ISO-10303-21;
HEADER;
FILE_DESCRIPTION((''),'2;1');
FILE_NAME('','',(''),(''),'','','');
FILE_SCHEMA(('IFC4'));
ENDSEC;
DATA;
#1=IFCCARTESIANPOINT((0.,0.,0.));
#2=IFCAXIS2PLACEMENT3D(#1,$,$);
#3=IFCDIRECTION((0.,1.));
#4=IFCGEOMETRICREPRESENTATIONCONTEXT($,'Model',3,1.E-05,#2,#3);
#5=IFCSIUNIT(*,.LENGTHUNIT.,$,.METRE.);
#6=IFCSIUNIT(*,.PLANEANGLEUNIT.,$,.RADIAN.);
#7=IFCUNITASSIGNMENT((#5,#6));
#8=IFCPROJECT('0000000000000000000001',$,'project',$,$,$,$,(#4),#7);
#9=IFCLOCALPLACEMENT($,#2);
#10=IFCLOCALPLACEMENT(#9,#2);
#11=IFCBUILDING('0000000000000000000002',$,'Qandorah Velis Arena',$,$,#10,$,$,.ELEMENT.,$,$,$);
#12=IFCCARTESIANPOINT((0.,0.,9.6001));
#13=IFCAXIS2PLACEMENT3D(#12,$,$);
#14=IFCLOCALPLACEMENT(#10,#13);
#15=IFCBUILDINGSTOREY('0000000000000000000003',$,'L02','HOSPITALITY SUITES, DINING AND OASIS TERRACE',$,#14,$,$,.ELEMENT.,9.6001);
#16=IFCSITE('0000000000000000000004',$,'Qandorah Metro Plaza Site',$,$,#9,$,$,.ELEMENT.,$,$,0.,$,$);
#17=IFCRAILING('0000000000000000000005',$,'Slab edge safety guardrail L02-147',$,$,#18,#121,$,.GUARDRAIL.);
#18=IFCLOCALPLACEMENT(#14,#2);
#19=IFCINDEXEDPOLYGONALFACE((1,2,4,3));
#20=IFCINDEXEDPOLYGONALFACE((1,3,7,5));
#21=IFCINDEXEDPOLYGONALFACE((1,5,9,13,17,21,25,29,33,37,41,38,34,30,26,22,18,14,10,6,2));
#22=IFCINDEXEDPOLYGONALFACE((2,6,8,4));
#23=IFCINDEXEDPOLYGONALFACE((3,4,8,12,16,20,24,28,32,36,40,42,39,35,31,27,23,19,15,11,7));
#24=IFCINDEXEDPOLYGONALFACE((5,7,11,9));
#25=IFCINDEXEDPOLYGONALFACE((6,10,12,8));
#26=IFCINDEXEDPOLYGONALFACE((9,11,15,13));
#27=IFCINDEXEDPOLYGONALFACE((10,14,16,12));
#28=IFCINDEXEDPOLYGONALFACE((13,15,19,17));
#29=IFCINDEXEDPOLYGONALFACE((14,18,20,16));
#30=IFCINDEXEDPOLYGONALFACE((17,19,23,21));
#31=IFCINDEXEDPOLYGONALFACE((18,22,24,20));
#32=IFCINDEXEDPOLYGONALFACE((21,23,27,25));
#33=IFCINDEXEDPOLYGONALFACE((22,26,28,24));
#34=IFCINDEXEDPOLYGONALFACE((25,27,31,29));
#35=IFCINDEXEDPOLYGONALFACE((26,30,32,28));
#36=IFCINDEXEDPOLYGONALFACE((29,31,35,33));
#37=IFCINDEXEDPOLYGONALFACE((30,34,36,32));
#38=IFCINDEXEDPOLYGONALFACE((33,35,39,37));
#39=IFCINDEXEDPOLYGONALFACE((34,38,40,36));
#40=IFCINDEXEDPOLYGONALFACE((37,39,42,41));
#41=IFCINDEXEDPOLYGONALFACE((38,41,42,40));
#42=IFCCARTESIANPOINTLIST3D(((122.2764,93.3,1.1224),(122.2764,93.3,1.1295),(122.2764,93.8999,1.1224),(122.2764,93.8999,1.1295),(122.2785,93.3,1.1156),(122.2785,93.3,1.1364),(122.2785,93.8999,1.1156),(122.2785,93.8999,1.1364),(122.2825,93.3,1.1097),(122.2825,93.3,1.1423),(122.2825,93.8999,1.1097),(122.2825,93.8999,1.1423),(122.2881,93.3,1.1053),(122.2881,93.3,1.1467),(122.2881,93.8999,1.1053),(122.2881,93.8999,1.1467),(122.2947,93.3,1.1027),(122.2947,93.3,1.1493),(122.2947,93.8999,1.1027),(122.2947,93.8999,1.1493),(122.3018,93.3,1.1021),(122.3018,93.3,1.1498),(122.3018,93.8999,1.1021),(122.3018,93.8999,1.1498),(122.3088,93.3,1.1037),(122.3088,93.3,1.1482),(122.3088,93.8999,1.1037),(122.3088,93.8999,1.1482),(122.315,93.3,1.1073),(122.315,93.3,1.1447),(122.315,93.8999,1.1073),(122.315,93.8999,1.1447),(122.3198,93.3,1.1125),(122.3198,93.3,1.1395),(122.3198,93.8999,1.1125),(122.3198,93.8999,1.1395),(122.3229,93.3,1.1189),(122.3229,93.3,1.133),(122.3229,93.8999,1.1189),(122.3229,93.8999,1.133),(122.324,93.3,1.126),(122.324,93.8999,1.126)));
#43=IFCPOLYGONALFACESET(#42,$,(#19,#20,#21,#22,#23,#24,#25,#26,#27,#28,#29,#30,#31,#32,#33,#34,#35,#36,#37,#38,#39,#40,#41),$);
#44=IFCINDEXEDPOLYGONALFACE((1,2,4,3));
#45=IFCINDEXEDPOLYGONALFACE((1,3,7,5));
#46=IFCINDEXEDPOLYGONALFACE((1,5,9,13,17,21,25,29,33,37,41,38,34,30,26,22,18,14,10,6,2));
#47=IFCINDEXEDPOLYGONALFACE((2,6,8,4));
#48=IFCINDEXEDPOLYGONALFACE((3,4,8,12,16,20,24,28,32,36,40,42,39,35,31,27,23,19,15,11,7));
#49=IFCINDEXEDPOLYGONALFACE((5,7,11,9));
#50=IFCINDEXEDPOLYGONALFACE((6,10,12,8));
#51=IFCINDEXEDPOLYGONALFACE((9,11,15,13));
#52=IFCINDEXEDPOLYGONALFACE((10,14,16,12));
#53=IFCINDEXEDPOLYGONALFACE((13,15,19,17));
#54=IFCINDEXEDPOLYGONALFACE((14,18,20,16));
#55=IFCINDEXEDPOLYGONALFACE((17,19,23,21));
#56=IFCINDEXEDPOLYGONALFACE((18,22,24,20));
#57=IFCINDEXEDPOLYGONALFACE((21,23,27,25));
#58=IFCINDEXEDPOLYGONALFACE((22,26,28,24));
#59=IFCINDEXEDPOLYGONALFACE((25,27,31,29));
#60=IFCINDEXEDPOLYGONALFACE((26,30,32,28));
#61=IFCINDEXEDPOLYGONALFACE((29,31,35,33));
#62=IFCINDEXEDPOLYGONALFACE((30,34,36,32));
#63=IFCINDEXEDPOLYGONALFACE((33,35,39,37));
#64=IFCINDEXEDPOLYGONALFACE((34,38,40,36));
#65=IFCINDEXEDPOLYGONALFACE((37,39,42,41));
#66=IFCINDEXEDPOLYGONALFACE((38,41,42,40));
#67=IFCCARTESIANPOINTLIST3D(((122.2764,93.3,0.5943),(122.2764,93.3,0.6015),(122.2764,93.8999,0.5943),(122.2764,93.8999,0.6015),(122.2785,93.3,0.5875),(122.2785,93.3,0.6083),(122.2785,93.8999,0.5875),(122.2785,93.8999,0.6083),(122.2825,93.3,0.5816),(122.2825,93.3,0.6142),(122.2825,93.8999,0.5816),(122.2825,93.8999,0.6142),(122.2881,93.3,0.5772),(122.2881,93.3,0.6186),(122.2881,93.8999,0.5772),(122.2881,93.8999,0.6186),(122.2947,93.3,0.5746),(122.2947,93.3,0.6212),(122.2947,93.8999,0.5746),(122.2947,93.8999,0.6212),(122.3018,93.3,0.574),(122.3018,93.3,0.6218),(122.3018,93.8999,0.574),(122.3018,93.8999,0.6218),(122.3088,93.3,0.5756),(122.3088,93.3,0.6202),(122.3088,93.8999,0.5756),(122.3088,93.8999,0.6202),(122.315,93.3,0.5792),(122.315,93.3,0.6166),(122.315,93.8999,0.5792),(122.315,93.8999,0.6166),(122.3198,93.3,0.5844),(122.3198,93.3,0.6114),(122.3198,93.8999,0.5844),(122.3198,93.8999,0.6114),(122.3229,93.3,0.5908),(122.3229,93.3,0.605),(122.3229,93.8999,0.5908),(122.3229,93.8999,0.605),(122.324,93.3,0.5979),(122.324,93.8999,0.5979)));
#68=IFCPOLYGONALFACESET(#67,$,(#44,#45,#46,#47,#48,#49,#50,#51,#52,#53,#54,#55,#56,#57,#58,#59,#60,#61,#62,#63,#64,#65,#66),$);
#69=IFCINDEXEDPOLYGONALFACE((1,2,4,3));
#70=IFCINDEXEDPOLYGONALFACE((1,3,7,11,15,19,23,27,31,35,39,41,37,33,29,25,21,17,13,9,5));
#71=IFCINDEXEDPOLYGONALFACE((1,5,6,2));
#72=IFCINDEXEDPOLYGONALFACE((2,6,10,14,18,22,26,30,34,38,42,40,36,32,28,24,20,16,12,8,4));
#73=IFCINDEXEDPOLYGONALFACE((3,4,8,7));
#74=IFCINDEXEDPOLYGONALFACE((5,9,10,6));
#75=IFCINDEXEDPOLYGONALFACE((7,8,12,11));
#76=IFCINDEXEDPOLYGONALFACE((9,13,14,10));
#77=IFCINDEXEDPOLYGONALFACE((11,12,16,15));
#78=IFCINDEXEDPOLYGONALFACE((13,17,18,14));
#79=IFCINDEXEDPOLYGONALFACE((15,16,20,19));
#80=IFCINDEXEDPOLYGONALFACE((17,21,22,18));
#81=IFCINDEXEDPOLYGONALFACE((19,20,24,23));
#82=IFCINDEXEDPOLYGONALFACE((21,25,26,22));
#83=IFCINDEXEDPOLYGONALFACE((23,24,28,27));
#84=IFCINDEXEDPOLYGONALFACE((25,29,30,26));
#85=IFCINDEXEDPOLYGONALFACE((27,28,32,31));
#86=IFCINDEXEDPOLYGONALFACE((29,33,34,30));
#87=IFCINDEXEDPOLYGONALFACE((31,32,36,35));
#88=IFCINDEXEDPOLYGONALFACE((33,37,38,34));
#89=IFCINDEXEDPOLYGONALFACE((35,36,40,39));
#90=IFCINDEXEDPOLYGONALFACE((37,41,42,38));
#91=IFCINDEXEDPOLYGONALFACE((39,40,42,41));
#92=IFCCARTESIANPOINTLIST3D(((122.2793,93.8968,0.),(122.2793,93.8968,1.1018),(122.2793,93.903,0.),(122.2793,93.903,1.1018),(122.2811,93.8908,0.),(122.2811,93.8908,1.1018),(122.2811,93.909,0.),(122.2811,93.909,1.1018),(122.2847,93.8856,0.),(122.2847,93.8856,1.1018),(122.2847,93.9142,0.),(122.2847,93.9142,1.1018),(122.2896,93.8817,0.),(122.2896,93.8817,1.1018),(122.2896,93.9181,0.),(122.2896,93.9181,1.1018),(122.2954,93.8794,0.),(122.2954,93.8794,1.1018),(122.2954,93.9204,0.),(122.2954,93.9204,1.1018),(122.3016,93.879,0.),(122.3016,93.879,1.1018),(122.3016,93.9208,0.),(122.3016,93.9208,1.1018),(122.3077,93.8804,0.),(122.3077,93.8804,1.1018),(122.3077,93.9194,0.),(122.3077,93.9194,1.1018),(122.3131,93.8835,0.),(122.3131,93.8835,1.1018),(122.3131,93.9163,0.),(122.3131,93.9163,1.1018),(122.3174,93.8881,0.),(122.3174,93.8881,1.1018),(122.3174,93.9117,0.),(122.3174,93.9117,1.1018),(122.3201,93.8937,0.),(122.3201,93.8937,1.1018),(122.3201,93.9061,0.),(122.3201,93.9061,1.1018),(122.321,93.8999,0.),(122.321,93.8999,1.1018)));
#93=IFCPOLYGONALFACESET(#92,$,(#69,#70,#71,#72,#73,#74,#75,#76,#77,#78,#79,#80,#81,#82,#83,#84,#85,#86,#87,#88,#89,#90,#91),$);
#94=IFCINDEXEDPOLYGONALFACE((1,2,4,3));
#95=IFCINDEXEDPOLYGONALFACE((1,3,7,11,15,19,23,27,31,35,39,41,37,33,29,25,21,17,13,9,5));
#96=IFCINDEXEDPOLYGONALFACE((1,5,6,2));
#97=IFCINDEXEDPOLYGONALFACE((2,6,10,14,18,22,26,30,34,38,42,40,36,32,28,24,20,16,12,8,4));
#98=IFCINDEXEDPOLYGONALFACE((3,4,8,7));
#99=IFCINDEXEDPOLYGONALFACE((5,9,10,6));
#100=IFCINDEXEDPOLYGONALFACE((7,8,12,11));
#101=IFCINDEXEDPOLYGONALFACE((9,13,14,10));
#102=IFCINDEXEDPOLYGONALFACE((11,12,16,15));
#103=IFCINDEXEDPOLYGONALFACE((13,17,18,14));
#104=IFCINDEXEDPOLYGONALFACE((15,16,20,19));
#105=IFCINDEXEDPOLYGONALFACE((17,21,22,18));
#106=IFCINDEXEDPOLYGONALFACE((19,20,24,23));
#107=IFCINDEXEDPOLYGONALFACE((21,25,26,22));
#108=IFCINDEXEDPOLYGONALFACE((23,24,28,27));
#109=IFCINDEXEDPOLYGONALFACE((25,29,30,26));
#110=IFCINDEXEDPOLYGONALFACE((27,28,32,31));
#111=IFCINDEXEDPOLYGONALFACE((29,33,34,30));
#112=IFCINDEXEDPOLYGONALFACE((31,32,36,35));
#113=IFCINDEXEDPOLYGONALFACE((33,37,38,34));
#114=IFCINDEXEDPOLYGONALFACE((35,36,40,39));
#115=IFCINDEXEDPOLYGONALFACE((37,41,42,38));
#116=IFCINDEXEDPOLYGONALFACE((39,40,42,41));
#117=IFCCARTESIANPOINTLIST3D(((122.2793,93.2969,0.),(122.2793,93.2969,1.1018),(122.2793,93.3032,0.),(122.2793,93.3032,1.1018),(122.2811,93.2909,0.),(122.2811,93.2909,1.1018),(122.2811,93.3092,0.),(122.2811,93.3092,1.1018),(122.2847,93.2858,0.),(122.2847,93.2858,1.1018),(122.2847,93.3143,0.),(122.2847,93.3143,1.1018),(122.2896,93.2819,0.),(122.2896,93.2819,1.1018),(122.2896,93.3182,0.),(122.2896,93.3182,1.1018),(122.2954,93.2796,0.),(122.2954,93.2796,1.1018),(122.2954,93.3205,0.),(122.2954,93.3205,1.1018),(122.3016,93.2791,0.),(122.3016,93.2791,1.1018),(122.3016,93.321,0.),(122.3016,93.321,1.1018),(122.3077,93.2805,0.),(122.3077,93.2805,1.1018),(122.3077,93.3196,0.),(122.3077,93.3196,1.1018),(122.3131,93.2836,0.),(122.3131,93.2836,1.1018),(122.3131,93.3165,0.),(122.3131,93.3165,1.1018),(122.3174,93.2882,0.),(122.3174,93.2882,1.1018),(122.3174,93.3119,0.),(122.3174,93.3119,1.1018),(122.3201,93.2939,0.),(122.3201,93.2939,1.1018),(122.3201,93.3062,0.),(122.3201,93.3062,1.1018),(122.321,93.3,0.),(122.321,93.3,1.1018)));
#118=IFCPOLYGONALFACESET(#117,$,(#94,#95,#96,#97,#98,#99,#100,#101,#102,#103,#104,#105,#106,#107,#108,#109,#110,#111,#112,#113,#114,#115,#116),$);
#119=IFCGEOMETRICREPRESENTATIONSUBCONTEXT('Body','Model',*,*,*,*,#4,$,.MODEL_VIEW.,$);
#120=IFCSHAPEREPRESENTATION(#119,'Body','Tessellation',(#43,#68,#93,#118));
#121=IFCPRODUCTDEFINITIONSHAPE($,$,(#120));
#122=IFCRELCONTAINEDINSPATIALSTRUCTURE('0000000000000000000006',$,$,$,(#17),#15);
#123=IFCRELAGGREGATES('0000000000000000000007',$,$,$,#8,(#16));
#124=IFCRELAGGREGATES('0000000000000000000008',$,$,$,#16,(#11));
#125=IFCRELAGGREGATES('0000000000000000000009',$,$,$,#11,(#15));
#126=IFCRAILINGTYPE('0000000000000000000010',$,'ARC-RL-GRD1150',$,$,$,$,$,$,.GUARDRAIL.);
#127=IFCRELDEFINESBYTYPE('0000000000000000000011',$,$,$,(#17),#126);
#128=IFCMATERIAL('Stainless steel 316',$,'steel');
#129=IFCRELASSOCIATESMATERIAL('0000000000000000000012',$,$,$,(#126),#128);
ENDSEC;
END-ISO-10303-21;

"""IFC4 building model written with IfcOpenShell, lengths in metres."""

from ifc_helpers import new_model, si_unit, direction, frame, origin, origin_2d, place, context, subcontext, project, spatial, circle, extrude, material, type_object, element, save


model = new_model("IFC4")

# Units and contexts
model_context = context("Model", 3, precision=1e-05, world=origin(), true_north=direction((0.0, 1.0)))
body_context = subcontext(model_context, "Body", "Model", "MODEL_VIEW")
ifc_project = project(units=[si_unit("LENGTHUNIT", "METRE"), si_unit("PLANEANGLEUNIT", "RADIAN")], contexts=[model_context])

# Site, building, storey
site_placement = place(None, origin())
site = spatial("IfcSite", under=ifc_project, at=site_placement, Name="Qandorah Metro Plaza Site", CompositionType="ELEMENT", RefElevation=0.0)
building_placement = place(site_placement, origin())
building = spatial("IfcBuilding", under=site, at=building_placement, Name="Qandorah Velis Arena", CompositionType="ELEMENT")
storey_placement = place(building_placement, frame((0.0, 0.0, 9.6001)))
storey = spatial("IfcBuildingStorey", under=building, at=storey_placement, Name="L02", Description="HOSPITALITY SUITES, DINING AND OASIS TERRACE", CompositionType="ELEMENT", Elevation=9.6001)

# Railing
ifc_material_1 = material(Name="Stainless steel 316", Category="steel")
railing_type = type_object("IfcRailingType", Name="ARC-RL-GRD1150", PredefinedType="GUARDRAIL", material=ifc_material_1)
railing_1_placement = place(storey_placement, frame((122.3, 93.8999, 0.0)))
element("IfcRailing", 1, at=railing_1_placement, inside=storey, type_object=railing_type, Name="Slab edge safety guardrail L02-147", PredefinedType="GUARDRAIL", context=body_context, shape_type="SweptSolid", body=[
    extrude(circle(Radius=0.0239, at=origin_2d()), frame((0.0, 0.0, 1.126), z_axis=(0.0, -1.0, 0.0), x_axis=(1.0, 0.0, 0.0)), (0.0, 0.0, 1.0), 0.5999),
    extrude(circle(Radius=0.0239, at=origin_2d()), frame((0.0, 0.0, 0.5979), z_axis=(0.0, -1.0, 0.0), x_axis=(1.0, 0.0, 0.0)), (0.0, 0.0, 1.0), 0.5999),
    extrude(circle(Radius=0.021, at=origin_2d()), origin(), (0.0, 0.0, 1.0), 1.1018),
    extrude(circle(Radius=0.021, at=origin_2d()), frame((0.0, -0.5999, 0.0)), (0.0, 0.0, 1.0), 1.1018),
])

save(model, "model.ifc")
